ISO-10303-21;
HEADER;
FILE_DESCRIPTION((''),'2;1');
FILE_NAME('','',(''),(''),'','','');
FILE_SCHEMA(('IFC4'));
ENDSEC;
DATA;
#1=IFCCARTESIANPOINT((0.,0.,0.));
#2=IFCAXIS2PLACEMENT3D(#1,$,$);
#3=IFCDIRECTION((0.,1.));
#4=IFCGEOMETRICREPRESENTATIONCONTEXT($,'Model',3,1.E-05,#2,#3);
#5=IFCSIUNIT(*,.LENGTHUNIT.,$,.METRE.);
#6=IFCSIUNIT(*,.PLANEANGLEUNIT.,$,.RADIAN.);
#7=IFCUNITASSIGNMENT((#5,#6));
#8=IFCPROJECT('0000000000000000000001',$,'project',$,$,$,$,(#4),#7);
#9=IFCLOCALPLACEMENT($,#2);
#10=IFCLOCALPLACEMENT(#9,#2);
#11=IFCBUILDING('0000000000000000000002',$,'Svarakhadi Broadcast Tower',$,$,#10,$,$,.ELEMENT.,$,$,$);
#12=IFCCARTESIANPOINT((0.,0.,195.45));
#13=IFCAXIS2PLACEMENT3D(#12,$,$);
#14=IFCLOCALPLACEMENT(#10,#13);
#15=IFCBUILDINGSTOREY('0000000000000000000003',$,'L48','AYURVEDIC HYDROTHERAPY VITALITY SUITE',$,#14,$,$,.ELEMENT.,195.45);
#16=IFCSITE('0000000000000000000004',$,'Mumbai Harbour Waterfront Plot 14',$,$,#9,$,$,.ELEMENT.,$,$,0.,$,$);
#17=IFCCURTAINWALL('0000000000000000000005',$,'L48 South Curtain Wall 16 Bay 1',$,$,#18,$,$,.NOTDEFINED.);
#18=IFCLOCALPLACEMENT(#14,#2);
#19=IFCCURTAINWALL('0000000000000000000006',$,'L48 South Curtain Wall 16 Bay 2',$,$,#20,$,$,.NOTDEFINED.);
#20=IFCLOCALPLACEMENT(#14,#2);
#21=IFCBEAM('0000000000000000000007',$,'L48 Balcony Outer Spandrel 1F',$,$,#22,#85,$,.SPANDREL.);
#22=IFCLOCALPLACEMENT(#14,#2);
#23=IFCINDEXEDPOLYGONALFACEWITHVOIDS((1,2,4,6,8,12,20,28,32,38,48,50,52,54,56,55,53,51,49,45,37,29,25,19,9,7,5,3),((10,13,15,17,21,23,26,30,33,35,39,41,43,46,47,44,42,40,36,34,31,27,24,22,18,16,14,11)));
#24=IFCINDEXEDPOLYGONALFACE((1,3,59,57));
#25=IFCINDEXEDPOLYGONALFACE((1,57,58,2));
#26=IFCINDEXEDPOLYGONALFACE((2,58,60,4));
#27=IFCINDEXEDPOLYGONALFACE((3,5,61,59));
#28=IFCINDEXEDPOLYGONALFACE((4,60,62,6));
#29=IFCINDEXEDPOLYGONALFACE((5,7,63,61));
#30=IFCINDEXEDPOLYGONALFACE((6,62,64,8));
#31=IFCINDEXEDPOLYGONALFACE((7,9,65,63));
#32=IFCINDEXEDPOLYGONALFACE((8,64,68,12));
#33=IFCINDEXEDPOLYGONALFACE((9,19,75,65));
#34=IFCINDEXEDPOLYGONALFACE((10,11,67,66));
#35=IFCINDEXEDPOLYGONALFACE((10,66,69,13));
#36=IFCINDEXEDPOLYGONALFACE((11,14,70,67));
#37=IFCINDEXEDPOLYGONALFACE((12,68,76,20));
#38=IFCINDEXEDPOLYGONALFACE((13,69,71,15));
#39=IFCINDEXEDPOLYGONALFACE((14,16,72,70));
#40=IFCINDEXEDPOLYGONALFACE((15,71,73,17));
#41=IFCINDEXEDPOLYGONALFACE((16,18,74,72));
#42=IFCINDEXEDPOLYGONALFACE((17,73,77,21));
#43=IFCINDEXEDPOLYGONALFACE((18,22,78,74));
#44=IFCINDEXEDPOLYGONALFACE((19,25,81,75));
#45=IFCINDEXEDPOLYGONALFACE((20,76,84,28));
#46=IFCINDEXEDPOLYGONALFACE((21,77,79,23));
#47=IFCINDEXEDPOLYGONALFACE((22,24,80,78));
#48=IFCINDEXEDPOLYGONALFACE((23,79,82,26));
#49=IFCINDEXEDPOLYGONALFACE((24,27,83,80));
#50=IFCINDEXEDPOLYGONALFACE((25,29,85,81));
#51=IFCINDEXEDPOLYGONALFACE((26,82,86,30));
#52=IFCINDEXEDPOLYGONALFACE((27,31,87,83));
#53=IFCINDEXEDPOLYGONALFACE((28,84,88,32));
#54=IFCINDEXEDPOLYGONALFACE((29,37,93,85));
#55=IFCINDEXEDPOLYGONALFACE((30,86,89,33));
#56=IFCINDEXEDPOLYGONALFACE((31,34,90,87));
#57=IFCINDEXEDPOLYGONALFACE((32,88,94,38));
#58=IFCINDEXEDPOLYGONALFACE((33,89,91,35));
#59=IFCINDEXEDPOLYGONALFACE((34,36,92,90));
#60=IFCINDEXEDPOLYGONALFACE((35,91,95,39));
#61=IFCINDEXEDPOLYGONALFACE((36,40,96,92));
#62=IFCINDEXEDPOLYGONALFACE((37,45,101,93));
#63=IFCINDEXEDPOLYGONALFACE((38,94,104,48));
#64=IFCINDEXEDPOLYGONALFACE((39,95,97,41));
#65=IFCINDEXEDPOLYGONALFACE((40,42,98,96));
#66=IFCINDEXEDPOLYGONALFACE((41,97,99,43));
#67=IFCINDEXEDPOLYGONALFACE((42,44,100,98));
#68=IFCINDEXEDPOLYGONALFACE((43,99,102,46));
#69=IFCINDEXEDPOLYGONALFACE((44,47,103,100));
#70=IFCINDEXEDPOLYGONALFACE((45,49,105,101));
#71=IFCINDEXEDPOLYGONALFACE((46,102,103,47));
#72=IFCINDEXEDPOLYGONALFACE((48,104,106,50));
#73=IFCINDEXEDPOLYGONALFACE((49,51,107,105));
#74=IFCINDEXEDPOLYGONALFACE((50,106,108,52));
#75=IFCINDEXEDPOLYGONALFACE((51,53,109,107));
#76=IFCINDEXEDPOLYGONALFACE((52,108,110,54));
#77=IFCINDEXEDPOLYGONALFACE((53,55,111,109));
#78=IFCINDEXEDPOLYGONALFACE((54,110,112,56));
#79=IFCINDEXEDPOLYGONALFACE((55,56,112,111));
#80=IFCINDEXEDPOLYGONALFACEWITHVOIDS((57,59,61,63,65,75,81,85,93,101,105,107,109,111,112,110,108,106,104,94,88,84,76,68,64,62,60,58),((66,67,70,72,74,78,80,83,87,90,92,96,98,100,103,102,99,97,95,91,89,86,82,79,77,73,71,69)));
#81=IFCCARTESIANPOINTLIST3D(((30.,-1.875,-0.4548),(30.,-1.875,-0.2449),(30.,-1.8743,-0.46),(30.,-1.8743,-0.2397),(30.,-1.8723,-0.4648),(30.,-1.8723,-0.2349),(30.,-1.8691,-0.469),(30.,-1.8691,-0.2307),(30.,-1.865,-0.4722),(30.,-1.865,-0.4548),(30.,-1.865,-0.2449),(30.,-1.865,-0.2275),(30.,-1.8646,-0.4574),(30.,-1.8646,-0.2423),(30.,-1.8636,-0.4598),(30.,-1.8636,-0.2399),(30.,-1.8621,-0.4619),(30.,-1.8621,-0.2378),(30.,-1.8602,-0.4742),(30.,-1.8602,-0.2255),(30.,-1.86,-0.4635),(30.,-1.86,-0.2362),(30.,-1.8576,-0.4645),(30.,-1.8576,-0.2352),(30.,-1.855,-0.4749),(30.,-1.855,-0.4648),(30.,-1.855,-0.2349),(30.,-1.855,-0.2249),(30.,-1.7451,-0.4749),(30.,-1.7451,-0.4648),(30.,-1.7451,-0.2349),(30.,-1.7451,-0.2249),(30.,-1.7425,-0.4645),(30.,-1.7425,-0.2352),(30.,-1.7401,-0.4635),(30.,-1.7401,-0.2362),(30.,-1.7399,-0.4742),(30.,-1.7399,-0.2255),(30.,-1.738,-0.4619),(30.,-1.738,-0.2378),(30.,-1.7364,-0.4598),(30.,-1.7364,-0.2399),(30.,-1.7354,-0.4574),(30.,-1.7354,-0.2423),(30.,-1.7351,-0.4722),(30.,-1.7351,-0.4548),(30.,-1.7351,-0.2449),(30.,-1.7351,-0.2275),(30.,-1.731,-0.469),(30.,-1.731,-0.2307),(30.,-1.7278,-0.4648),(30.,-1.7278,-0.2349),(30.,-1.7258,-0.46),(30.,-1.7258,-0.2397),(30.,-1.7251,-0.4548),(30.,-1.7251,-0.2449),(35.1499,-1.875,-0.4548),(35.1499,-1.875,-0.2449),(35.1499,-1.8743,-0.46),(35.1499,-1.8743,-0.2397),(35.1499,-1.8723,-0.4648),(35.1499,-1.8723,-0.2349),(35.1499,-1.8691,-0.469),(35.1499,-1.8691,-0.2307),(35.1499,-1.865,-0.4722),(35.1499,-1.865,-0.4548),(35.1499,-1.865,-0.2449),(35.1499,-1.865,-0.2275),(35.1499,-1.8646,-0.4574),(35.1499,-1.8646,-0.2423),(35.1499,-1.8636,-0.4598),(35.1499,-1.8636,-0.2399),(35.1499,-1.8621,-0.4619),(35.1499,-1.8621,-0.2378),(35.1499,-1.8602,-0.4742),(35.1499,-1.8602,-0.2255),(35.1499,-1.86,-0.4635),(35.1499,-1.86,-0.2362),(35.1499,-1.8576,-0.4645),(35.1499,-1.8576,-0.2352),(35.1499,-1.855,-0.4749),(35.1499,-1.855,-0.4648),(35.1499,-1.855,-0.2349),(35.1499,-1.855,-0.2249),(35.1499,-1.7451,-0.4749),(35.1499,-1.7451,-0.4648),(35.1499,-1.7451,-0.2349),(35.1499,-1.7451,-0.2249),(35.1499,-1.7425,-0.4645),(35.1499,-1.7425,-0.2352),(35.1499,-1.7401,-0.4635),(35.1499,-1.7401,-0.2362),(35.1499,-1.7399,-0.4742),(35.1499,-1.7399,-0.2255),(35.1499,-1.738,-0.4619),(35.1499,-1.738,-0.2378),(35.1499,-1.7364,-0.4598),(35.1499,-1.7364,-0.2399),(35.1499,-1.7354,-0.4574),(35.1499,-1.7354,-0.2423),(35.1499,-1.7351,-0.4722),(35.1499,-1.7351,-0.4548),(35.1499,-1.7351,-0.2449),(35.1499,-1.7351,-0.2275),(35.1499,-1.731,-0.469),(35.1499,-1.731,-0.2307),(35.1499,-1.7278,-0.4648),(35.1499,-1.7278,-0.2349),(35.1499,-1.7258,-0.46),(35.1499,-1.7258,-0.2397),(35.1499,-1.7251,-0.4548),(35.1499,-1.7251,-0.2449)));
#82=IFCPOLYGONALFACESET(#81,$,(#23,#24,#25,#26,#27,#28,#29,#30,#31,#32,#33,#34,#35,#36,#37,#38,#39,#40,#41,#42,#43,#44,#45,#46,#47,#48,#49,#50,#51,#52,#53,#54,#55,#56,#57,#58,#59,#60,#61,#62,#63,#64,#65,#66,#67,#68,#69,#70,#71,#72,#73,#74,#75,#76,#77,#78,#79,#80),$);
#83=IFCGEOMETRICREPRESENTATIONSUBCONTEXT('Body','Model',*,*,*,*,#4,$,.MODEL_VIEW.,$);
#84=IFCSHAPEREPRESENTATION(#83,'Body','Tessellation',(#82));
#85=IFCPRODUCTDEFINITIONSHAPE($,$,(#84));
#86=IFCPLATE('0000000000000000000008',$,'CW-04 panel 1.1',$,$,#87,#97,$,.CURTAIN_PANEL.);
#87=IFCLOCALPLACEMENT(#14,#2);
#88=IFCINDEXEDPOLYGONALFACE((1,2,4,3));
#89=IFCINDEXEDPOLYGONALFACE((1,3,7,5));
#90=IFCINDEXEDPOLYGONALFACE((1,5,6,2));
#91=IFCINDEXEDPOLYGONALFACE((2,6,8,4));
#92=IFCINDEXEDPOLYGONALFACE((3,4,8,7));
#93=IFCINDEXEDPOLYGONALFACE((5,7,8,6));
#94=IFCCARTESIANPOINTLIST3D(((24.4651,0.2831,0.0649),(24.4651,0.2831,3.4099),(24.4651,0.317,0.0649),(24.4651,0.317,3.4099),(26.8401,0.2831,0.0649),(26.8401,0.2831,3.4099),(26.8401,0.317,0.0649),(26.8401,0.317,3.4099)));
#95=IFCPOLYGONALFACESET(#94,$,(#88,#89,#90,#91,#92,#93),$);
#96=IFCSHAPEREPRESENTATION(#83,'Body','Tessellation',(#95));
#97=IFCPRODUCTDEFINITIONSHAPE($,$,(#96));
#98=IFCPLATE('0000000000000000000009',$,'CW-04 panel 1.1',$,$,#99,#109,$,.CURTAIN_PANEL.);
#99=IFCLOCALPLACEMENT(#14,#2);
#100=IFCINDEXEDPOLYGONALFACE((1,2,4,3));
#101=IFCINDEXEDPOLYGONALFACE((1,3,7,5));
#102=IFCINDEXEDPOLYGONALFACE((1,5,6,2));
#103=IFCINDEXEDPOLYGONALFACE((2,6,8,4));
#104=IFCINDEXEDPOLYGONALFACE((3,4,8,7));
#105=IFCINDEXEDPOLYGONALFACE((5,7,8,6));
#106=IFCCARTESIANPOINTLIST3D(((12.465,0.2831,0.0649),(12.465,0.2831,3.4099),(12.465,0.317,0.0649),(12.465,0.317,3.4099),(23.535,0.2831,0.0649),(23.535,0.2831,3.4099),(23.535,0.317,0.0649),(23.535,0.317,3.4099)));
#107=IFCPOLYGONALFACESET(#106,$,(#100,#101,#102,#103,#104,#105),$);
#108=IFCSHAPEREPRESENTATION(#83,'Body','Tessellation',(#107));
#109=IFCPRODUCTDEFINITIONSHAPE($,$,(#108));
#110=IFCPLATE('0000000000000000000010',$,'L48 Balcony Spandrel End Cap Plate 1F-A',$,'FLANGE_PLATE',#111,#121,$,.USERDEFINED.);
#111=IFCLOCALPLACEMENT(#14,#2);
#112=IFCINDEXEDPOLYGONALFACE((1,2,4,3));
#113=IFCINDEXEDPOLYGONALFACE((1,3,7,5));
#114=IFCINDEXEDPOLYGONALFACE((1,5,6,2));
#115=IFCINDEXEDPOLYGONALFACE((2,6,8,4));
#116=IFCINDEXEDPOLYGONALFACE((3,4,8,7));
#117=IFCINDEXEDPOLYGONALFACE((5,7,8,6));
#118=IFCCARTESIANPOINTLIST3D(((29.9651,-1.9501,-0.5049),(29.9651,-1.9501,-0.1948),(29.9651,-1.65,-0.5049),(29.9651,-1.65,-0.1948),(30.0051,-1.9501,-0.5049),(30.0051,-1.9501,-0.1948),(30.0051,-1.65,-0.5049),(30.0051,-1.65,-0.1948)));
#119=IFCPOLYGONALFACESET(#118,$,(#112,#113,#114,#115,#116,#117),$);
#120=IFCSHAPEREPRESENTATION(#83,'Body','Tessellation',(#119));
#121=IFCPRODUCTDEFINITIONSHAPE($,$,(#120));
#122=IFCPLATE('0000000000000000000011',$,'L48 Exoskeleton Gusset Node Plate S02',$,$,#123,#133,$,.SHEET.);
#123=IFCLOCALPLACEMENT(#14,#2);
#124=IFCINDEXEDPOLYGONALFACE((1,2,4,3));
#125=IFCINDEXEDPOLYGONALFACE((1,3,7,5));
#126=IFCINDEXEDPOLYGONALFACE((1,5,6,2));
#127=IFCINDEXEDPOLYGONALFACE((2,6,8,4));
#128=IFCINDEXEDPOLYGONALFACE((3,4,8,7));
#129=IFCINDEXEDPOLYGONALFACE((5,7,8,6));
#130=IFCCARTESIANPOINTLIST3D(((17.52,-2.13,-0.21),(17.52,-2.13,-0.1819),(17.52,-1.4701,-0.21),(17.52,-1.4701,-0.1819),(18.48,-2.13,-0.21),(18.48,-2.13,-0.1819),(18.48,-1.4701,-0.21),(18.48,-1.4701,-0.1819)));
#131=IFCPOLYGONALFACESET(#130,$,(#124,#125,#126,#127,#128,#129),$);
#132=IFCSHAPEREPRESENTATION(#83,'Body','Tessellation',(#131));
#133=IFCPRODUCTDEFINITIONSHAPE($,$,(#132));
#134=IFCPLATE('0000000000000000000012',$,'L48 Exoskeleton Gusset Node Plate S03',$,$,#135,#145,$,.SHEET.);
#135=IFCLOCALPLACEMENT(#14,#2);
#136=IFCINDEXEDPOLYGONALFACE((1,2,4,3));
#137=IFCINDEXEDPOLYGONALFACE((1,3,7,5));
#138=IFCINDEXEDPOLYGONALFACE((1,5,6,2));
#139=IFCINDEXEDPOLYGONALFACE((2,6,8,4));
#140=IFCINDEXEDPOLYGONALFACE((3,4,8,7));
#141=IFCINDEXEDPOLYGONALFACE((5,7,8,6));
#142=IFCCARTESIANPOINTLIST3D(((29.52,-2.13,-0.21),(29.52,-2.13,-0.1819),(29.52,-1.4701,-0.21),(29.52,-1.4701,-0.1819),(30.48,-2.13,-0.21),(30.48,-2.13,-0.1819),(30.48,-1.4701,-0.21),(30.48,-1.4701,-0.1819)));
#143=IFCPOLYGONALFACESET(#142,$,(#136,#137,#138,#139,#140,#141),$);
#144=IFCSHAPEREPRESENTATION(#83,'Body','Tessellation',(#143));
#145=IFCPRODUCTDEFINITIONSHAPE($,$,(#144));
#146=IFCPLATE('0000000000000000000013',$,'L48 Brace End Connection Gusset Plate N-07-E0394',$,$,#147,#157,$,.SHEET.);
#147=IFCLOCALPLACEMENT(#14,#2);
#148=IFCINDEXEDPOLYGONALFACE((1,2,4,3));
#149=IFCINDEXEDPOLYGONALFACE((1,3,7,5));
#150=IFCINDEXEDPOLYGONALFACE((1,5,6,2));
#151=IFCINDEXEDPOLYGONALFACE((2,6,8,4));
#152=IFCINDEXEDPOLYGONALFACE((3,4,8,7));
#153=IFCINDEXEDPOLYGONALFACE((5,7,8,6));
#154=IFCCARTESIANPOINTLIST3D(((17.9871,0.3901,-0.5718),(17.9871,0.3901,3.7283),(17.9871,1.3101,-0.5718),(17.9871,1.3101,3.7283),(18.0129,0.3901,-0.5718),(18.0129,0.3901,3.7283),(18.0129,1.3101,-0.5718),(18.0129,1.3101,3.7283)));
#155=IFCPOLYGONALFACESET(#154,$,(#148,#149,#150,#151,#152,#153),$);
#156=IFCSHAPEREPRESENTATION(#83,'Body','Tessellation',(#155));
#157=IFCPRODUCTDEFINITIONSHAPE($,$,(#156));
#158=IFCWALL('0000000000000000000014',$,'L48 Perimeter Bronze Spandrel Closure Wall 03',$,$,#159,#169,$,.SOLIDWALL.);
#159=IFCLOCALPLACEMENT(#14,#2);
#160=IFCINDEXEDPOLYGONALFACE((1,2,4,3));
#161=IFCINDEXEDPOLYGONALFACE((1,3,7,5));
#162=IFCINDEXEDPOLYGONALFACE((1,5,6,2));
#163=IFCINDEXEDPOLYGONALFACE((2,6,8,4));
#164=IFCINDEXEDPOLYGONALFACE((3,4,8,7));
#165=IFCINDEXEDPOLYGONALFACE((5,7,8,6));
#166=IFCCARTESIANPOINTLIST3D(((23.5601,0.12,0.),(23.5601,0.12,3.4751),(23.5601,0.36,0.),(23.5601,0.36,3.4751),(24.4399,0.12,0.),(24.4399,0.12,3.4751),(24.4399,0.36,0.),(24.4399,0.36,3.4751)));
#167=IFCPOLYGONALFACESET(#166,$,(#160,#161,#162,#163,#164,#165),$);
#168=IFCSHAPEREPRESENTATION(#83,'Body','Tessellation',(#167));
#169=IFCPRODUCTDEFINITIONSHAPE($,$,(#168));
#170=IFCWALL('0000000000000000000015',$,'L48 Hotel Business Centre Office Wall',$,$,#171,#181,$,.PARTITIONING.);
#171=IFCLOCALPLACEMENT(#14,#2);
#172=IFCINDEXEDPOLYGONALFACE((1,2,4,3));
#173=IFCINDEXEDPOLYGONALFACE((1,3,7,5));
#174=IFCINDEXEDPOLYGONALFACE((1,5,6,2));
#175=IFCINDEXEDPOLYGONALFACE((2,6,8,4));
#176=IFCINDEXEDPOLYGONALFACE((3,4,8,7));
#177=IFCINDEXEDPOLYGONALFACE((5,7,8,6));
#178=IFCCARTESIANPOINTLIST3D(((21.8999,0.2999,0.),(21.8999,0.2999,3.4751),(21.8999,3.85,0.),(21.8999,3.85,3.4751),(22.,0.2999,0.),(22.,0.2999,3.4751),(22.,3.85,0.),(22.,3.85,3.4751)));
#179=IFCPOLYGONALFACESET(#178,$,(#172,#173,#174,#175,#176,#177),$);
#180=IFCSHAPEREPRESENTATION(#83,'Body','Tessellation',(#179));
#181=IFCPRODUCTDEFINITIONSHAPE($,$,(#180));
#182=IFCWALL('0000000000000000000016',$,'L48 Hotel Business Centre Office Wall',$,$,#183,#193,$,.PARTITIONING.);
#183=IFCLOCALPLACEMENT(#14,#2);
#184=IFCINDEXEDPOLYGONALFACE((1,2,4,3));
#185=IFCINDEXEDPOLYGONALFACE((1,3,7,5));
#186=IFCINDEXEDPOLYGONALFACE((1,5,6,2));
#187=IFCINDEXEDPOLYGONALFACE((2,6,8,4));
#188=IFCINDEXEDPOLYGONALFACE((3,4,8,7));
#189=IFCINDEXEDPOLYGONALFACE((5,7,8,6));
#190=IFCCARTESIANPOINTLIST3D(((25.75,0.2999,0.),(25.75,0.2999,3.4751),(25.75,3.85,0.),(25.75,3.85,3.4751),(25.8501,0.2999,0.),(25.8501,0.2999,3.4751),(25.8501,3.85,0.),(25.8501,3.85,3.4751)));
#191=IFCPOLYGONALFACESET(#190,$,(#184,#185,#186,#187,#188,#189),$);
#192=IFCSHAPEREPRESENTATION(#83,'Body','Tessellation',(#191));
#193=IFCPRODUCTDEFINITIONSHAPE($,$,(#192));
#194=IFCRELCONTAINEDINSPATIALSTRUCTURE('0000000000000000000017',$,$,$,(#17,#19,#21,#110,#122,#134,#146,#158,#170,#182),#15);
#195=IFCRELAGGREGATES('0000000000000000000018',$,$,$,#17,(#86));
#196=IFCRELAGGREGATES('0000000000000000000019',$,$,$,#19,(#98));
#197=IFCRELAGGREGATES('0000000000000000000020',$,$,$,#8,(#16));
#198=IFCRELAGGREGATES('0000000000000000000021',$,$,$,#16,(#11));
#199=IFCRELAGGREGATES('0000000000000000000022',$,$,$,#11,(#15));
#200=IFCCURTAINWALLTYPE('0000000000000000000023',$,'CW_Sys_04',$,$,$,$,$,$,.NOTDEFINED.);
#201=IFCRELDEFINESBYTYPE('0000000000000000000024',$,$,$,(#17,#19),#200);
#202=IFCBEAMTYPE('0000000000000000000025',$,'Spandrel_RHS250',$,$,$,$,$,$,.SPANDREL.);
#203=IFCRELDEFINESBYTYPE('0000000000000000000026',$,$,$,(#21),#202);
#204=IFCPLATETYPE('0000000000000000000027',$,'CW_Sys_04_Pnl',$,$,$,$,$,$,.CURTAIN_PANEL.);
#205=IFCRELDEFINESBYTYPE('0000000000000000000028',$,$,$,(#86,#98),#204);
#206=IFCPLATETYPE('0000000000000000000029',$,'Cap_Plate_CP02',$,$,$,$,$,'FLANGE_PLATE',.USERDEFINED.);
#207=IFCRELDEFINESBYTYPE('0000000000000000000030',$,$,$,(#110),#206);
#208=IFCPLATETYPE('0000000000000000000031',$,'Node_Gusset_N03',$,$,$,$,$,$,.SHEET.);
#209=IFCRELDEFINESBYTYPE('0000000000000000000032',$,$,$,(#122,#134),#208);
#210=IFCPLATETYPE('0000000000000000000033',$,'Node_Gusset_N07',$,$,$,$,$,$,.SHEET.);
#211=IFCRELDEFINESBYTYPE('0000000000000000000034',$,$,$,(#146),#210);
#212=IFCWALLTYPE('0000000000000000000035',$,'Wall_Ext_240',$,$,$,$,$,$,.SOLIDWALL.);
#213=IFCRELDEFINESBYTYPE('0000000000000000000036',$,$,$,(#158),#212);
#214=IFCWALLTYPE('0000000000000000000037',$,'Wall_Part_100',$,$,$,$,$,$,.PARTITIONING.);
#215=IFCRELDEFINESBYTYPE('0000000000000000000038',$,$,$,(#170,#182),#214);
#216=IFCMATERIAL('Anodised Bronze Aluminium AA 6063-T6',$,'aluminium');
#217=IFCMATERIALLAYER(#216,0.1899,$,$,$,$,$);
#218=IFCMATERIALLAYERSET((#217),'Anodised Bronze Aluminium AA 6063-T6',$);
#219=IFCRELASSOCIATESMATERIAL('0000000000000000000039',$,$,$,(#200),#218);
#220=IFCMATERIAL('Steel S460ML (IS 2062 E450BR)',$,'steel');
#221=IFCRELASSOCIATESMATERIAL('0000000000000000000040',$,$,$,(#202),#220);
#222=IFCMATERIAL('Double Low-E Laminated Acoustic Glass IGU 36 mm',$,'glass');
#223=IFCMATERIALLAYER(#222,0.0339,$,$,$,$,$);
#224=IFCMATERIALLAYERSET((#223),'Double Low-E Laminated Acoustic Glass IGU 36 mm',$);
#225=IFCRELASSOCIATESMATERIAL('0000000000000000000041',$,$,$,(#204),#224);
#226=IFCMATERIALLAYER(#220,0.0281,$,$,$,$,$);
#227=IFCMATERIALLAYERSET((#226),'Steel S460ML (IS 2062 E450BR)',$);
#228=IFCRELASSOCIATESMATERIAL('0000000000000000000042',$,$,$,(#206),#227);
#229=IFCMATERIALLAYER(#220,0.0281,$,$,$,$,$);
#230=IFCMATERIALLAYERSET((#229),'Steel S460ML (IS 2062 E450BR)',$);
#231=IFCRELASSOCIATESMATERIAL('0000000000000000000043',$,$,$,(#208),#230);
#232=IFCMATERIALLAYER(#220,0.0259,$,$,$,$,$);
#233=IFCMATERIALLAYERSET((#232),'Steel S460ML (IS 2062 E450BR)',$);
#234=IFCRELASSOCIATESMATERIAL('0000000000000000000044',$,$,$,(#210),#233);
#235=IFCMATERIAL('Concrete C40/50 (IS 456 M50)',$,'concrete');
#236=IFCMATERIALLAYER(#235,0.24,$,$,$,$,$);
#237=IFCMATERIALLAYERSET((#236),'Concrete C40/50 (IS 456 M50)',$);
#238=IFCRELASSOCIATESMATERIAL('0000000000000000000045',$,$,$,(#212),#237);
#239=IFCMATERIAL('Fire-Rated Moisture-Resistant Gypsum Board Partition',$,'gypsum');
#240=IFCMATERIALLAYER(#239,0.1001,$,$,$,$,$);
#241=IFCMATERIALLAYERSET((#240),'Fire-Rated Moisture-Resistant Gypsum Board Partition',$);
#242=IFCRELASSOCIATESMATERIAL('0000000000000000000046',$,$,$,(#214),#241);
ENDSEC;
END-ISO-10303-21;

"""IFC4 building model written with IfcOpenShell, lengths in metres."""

from ifc_helpers import new_model, si_unit, direction, frame, frame_2d, origin, origin_2d, place, context, subcontext, project, spatial, rectangle, hollow_rectangle, extrude, material, layer, layer_set, material_profile, profile_set, type_object, element, aggregate, save


model = new_model("IFC4")

# Units and contexts
model_context = context("Model", 3, precision=1e-05, world=origin(), true_north=direction((0.0, 1.0)))
body_context = subcontext(model_context, "Body", "Model", "MODEL_VIEW")
ifc_project = project(units=[si_unit("LENGTHUNIT", "METRE"), si_unit("PLANEANGLEUNIT", "RADIAN")], contexts=[model_context])

# Site, building, storey
site_placement = place(None, origin())
site = spatial("IfcSite", under=ifc_project, at=site_placement, Name="Mumbai Harbour Waterfront Plot 14", CompositionType="ELEMENT", RefElevation=0.0)
building_placement = place(site_placement, origin())
building = spatial("IfcBuilding", under=site, at=building_placement, Name="Svarakhadi Broadcast Tower", CompositionType="ELEMENT")
storey_placement = place(building_placement, frame((0.0, 0.0, 195.45)))
storey = spatial("IfcBuildingStorey", under=building, at=storey_placement, Name="L48", Description="AYURVEDIC HYDROTHERAPY VITALITY SUITE", CompositionType="ELEMENT", Elevation=195.45)

# Curtain wall
ifc_material_1 = material(Name="Anodised Bronze Aluminium AA 6063-T6", Category="aluminium")
ifc_layer_1 = layer(ifc_material_1, 0.1899)
ifc_layer_set_1 = layer_set([ifc_layer_1], Name="Anodised Bronze Aluminium AA 6063-T6")
curtain_wall_type = type_object("IfcCurtainWallType", Name="CW_Sys_04", PredefinedType="NOTDEFINED", material=ifc_layer_set_1)
curtain_wall_1_placement = place(storey_placement, origin())
curtain_wall_1 = element("IfcCurtainWall", 1, at=curtain_wall_1_placement, inside=storey, type_object=curtain_wall_type, Name="L48 South Curtain Wall 16 Bay 1", PredefinedType="NOTDEFINED")

# Curtain wall
curtain_wall_2_placement = place(storey_placement, origin())
curtain_wall_2 = element("IfcCurtainWall", 2, at=curtain_wall_2_placement, inside=storey, type_object=curtain_wall_type, Name="L48 South Curtain Wall 16 Bay 2", PredefinedType="NOTDEFINED")

# Shared definitions
ifc_material_2 = material(Name="Steel S460ML (IS 2062 E450BR)", Category="steel")

# Beam
ifc_material_profile_1 = material_profile(ifc_material_2, hollow_rectangle(XDim=0.1499, YDim=0.25, WallThickness=0.01, InnerFilletRadius=0.01, OuterFilletRadius=0.02, at=origin_2d()), Name="RHS 250x150x10")
ifc_profile_set_1 = profile_set([ifc_material_profile_1], Name="Steel S460ML (IS 2062 E450BR)")
beam_type_1 = type_object("IfcBeamType", Name="Spandrel_RHS250", PredefinedType="SPANDREL", material=ifc_profile_set_1)
beam_1_placement = place(storey_placement, frame((30.0, -1.8, -0.3499), z_axis=(1.0, 0.0, 0.0), x_axis=(0.0, 1.0, 0.0)))
element("IfcBeam", 3, at=beam_1_placement, inside=storey, type_object=beam_type_1, Name="L48 Balcony Outer Spandrel 1F", PredefinedType="SPANDREL", context=body_context, shape_type="SweptSolid", body=[
    extrude(hollow_rectangle(XDim=0.1499, YDim=0.25, WallThickness=0.01, InnerFilletRadius=0.01, OuterFilletRadius=0.02, at=origin_2d()), origin(), (0.0, 0.0, 1.0), 5.1499),
])

# Plates
ifc_material_3 = material(Name="Double Low-E Laminated Acoustic Glass IGU 36 mm", Category="glass")
ifc_layer_2 = layer(ifc_material_3, 0.0339)
ifc_layer_set_2 = layer_set([ifc_layer_2], Name="Double Low-E Laminated Acoustic Glass IGU 36 mm")
plate_type_1 = type_object("IfcPlateType", Name="CW_Sys_04_Pnl", PredefinedType="CURTAIN_PANEL", material=ifc_layer_set_2)
plate_1_placement = place(storey_placement, frame((25.6526, 0.3, 0.0649), z_axis=(0.0, 0.0, 1.0), x_axis=(-1.0, 0.0, 0.0)))
plate_1 = element("IfcPlate", 4, at=plate_1_placement, type_object=plate_type_1, Name="CW-04 panel 1.1", PredefinedType="CURTAIN_PANEL", context=body_context, shape_type="SweptSolid", body=[
    extrude(rectangle(XDim=2.375, YDim=0.0339, at=origin_2d()), origin(), (0.0, 0.0, 1.0), 3.345),
])
aggregate(curtain_wall_1, [plate_1])
plate_2_placement = place(storey_placement, frame((18.0, 0.3, 0.0649), z_axis=(0.0, 0.0, 1.0), x_axis=(-1.0, 0.0, 0.0)))
plate_2 = element("IfcPlate", 5, at=plate_2_placement, type_object=plate_type_1, Name="CW-04 panel 1.1", PredefinedType="CURTAIN_PANEL", context=body_context, shape_type="SweptSolid", body=[
    extrude(rectangle(XDim=11.0701, YDim=0.0339, at=origin_2d()), origin(), (0.0, 0.0, 1.0), 3.345),
])
aggregate(curtain_wall_2, [plate_2])

# Plates
ifc_layer_3 = layer(ifc_material_2, 0.0281)
ifc_layer_set_3 = layer_set([ifc_layer_3], Name="Steel S460ML (IS 2062 E450BR)")
plate_type_2 = type_object("IfcPlateType", Name="Cap_Plate_CP02", ElementType="FLANGE_PLATE", PredefinedType="USERDEFINED", material=ifc_layer_set_3)
plate_3_placement = place(storey_placement, frame((29.9851, -1.8, -0.5049), z_axis=(0.0, 0.0, 1.0), x_axis=(1.0, 0.0, 0.0)))
element("IfcPlate", 6, at=plate_3_placement, inside=storey, type_object=plate_type_2, Name="L48 Balcony Spandrel End Cap Plate 1F-A", ObjectType="FLANGE_PLATE", PredefinedType="USERDEFINED", context=body_context, shape_type="SweptSolid", body=[
    extrude(rectangle(XDim=0.04, YDim=0.3, at=origin_2d()), origin(), (0.0, 0.0, 1.0), 0.3101),
])
ifc_layer_4 = layer(ifc_material_2, 0.0281)
ifc_layer_set_4 = layer_set([ifc_layer_4], Name="Steel S460ML (IS 2062 E450BR)")
plate_type_3 = type_object("IfcPlateType", Name="Node_Gusset_N03", PredefinedType="SHEET", material=ifc_layer_set_4)
for number, where, z_axis, x_axis, name in (
    (7, (18.0, -1.8, -0.21), (0.0, 0.0, 1.0), (1.0, 0.0, 0.0), "L48 Exoskeleton Gusset Node Plate S02"),
    (8, (30.0, -1.8, -0.21), (0.0, 0.0, 1.0), (1.0, 0.0, 0.0), "L48 Exoskeleton Gusset Node Plate S03"),
):
    element("IfcPlate", number, at=place(storey_placement, frame(where, z_axis=z_axis, x_axis=x_axis)), inside=storey, type_object=plate_type_3, Name=name, PredefinedType="SHEET", context=body_context, shape_type="SweptSolid", body=[
        extrude(rectangle(XDim=0.96, YDim=0.6599, at=origin_2d()), origin(), (0.0, 0.0, 1.0), 0.0281),
    ])
ifc_layer_5 = layer(ifc_material_2, 0.0259)
ifc_layer_set_5 = layer_set([ifc_layer_5], Name="Steel S460ML (IS 2062 E450BR)")
plate_type_4 = type_object("IfcPlateType", Name="Node_Gusset_N07", PredefinedType="SHEET", material=ifc_layer_set_5)
plate_4_placement = place(storey_placement, frame((18.0, 0.8501, -0.5718), z_axis=(0.0, 0.0, 1.0), x_axis=(0.0, 1.0, 0.0)))
element("IfcPlate", 9, at=plate_4_placement, inside=storey, type_object=plate_type_4, Name="L48 Brace End Connection Gusset Plate N-07-E0394", PredefinedType="SHEET", context=body_context, shape_type="SweptSolid", body=[
    extrude(rectangle(XDim=0.9199, YDim=0.0259, at=origin_2d()), origin(), (0.0, 0.0, 1.0), 4.3),
])

# Walls
ifc_material_4 = material(Name="Concrete C40/50 (IS 456 M50)", Category="concrete")
ifc_layer_6 = layer(ifc_material_4, 0.24)
ifc_layer_set_6 = layer_set([ifc_layer_6], Name="Concrete C40/50 (IS 456 M50)")
wall_type_1 = type_object("IfcWallType", Name="Wall_Ext_240", PredefinedType="SOLIDWALL", material=ifc_layer_set_6)
wall_1_placement = place(storey_placement, frame((24.4399, 0.24, 0.0), z_axis=(0.0, 0.0, 1.0), x_axis=(-1.0, 0.0, 0.0)))
element("IfcWall", 10, at=wall_1_placement, inside=storey, type_object=wall_type_1, Name="L48 Perimeter Bronze Spandrel Closure Wall 03", PredefinedType="SOLIDWALL", context=body_context, shape_type="SweptSolid", body=[
    extrude(rectangle(XDim=0.8799, YDim=0.24, at=frame_2d((0.4399, 0.0))), origin(), (0.0, 0.0, 1.0), 3.4751),
])
ifc_material_5 = material(Name="Fire-Rated Moisture-Resistant Gypsum Board Partition", Category="gypsum")
ifc_layer_7 = layer(ifc_material_5, 0.1001)
ifc_layer_set_7 = layer_set([ifc_layer_7], Name="Fire-Rated Moisture-Resistant Gypsum Board Partition")
wall_type_2 = type_object("IfcWallType", Name="Wall_Part_100", PredefinedType="PARTITIONING", material=ifc_layer_set_7)
for number, where, z_axis, x_axis, name in (
    (11, (21.95, 0.3, 0.0), (0.0, 0.0, 1.0), (0.0, 1.0, 0.0), "L48 Hotel Business Centre Office Wall"),
    (12, (25.8, 0.3, 0.0), (0.0, 0.0, 1.0), (0.0, 1.0, 0.0), "L48 Hotel Business Centre Office Wall"),
):
    element("IfcWall", number, at=place(storey_placement, frame(where, z_axis=z_axis, x_axis=x_axis)), inside=storey, type_object=wall_type_2, Name=name, PredefinedType="PARTITIONING", context=body_context, shape_type="SweptSolid", body=[
        extrude(rectangle(XDim=3.55, YDim=0.1001, at=frame_2d((1.7749, 0.0))), origin(), (0.0, 0.0, 1.0), 3.4751),
    ])

save(model, "model.ifc")
